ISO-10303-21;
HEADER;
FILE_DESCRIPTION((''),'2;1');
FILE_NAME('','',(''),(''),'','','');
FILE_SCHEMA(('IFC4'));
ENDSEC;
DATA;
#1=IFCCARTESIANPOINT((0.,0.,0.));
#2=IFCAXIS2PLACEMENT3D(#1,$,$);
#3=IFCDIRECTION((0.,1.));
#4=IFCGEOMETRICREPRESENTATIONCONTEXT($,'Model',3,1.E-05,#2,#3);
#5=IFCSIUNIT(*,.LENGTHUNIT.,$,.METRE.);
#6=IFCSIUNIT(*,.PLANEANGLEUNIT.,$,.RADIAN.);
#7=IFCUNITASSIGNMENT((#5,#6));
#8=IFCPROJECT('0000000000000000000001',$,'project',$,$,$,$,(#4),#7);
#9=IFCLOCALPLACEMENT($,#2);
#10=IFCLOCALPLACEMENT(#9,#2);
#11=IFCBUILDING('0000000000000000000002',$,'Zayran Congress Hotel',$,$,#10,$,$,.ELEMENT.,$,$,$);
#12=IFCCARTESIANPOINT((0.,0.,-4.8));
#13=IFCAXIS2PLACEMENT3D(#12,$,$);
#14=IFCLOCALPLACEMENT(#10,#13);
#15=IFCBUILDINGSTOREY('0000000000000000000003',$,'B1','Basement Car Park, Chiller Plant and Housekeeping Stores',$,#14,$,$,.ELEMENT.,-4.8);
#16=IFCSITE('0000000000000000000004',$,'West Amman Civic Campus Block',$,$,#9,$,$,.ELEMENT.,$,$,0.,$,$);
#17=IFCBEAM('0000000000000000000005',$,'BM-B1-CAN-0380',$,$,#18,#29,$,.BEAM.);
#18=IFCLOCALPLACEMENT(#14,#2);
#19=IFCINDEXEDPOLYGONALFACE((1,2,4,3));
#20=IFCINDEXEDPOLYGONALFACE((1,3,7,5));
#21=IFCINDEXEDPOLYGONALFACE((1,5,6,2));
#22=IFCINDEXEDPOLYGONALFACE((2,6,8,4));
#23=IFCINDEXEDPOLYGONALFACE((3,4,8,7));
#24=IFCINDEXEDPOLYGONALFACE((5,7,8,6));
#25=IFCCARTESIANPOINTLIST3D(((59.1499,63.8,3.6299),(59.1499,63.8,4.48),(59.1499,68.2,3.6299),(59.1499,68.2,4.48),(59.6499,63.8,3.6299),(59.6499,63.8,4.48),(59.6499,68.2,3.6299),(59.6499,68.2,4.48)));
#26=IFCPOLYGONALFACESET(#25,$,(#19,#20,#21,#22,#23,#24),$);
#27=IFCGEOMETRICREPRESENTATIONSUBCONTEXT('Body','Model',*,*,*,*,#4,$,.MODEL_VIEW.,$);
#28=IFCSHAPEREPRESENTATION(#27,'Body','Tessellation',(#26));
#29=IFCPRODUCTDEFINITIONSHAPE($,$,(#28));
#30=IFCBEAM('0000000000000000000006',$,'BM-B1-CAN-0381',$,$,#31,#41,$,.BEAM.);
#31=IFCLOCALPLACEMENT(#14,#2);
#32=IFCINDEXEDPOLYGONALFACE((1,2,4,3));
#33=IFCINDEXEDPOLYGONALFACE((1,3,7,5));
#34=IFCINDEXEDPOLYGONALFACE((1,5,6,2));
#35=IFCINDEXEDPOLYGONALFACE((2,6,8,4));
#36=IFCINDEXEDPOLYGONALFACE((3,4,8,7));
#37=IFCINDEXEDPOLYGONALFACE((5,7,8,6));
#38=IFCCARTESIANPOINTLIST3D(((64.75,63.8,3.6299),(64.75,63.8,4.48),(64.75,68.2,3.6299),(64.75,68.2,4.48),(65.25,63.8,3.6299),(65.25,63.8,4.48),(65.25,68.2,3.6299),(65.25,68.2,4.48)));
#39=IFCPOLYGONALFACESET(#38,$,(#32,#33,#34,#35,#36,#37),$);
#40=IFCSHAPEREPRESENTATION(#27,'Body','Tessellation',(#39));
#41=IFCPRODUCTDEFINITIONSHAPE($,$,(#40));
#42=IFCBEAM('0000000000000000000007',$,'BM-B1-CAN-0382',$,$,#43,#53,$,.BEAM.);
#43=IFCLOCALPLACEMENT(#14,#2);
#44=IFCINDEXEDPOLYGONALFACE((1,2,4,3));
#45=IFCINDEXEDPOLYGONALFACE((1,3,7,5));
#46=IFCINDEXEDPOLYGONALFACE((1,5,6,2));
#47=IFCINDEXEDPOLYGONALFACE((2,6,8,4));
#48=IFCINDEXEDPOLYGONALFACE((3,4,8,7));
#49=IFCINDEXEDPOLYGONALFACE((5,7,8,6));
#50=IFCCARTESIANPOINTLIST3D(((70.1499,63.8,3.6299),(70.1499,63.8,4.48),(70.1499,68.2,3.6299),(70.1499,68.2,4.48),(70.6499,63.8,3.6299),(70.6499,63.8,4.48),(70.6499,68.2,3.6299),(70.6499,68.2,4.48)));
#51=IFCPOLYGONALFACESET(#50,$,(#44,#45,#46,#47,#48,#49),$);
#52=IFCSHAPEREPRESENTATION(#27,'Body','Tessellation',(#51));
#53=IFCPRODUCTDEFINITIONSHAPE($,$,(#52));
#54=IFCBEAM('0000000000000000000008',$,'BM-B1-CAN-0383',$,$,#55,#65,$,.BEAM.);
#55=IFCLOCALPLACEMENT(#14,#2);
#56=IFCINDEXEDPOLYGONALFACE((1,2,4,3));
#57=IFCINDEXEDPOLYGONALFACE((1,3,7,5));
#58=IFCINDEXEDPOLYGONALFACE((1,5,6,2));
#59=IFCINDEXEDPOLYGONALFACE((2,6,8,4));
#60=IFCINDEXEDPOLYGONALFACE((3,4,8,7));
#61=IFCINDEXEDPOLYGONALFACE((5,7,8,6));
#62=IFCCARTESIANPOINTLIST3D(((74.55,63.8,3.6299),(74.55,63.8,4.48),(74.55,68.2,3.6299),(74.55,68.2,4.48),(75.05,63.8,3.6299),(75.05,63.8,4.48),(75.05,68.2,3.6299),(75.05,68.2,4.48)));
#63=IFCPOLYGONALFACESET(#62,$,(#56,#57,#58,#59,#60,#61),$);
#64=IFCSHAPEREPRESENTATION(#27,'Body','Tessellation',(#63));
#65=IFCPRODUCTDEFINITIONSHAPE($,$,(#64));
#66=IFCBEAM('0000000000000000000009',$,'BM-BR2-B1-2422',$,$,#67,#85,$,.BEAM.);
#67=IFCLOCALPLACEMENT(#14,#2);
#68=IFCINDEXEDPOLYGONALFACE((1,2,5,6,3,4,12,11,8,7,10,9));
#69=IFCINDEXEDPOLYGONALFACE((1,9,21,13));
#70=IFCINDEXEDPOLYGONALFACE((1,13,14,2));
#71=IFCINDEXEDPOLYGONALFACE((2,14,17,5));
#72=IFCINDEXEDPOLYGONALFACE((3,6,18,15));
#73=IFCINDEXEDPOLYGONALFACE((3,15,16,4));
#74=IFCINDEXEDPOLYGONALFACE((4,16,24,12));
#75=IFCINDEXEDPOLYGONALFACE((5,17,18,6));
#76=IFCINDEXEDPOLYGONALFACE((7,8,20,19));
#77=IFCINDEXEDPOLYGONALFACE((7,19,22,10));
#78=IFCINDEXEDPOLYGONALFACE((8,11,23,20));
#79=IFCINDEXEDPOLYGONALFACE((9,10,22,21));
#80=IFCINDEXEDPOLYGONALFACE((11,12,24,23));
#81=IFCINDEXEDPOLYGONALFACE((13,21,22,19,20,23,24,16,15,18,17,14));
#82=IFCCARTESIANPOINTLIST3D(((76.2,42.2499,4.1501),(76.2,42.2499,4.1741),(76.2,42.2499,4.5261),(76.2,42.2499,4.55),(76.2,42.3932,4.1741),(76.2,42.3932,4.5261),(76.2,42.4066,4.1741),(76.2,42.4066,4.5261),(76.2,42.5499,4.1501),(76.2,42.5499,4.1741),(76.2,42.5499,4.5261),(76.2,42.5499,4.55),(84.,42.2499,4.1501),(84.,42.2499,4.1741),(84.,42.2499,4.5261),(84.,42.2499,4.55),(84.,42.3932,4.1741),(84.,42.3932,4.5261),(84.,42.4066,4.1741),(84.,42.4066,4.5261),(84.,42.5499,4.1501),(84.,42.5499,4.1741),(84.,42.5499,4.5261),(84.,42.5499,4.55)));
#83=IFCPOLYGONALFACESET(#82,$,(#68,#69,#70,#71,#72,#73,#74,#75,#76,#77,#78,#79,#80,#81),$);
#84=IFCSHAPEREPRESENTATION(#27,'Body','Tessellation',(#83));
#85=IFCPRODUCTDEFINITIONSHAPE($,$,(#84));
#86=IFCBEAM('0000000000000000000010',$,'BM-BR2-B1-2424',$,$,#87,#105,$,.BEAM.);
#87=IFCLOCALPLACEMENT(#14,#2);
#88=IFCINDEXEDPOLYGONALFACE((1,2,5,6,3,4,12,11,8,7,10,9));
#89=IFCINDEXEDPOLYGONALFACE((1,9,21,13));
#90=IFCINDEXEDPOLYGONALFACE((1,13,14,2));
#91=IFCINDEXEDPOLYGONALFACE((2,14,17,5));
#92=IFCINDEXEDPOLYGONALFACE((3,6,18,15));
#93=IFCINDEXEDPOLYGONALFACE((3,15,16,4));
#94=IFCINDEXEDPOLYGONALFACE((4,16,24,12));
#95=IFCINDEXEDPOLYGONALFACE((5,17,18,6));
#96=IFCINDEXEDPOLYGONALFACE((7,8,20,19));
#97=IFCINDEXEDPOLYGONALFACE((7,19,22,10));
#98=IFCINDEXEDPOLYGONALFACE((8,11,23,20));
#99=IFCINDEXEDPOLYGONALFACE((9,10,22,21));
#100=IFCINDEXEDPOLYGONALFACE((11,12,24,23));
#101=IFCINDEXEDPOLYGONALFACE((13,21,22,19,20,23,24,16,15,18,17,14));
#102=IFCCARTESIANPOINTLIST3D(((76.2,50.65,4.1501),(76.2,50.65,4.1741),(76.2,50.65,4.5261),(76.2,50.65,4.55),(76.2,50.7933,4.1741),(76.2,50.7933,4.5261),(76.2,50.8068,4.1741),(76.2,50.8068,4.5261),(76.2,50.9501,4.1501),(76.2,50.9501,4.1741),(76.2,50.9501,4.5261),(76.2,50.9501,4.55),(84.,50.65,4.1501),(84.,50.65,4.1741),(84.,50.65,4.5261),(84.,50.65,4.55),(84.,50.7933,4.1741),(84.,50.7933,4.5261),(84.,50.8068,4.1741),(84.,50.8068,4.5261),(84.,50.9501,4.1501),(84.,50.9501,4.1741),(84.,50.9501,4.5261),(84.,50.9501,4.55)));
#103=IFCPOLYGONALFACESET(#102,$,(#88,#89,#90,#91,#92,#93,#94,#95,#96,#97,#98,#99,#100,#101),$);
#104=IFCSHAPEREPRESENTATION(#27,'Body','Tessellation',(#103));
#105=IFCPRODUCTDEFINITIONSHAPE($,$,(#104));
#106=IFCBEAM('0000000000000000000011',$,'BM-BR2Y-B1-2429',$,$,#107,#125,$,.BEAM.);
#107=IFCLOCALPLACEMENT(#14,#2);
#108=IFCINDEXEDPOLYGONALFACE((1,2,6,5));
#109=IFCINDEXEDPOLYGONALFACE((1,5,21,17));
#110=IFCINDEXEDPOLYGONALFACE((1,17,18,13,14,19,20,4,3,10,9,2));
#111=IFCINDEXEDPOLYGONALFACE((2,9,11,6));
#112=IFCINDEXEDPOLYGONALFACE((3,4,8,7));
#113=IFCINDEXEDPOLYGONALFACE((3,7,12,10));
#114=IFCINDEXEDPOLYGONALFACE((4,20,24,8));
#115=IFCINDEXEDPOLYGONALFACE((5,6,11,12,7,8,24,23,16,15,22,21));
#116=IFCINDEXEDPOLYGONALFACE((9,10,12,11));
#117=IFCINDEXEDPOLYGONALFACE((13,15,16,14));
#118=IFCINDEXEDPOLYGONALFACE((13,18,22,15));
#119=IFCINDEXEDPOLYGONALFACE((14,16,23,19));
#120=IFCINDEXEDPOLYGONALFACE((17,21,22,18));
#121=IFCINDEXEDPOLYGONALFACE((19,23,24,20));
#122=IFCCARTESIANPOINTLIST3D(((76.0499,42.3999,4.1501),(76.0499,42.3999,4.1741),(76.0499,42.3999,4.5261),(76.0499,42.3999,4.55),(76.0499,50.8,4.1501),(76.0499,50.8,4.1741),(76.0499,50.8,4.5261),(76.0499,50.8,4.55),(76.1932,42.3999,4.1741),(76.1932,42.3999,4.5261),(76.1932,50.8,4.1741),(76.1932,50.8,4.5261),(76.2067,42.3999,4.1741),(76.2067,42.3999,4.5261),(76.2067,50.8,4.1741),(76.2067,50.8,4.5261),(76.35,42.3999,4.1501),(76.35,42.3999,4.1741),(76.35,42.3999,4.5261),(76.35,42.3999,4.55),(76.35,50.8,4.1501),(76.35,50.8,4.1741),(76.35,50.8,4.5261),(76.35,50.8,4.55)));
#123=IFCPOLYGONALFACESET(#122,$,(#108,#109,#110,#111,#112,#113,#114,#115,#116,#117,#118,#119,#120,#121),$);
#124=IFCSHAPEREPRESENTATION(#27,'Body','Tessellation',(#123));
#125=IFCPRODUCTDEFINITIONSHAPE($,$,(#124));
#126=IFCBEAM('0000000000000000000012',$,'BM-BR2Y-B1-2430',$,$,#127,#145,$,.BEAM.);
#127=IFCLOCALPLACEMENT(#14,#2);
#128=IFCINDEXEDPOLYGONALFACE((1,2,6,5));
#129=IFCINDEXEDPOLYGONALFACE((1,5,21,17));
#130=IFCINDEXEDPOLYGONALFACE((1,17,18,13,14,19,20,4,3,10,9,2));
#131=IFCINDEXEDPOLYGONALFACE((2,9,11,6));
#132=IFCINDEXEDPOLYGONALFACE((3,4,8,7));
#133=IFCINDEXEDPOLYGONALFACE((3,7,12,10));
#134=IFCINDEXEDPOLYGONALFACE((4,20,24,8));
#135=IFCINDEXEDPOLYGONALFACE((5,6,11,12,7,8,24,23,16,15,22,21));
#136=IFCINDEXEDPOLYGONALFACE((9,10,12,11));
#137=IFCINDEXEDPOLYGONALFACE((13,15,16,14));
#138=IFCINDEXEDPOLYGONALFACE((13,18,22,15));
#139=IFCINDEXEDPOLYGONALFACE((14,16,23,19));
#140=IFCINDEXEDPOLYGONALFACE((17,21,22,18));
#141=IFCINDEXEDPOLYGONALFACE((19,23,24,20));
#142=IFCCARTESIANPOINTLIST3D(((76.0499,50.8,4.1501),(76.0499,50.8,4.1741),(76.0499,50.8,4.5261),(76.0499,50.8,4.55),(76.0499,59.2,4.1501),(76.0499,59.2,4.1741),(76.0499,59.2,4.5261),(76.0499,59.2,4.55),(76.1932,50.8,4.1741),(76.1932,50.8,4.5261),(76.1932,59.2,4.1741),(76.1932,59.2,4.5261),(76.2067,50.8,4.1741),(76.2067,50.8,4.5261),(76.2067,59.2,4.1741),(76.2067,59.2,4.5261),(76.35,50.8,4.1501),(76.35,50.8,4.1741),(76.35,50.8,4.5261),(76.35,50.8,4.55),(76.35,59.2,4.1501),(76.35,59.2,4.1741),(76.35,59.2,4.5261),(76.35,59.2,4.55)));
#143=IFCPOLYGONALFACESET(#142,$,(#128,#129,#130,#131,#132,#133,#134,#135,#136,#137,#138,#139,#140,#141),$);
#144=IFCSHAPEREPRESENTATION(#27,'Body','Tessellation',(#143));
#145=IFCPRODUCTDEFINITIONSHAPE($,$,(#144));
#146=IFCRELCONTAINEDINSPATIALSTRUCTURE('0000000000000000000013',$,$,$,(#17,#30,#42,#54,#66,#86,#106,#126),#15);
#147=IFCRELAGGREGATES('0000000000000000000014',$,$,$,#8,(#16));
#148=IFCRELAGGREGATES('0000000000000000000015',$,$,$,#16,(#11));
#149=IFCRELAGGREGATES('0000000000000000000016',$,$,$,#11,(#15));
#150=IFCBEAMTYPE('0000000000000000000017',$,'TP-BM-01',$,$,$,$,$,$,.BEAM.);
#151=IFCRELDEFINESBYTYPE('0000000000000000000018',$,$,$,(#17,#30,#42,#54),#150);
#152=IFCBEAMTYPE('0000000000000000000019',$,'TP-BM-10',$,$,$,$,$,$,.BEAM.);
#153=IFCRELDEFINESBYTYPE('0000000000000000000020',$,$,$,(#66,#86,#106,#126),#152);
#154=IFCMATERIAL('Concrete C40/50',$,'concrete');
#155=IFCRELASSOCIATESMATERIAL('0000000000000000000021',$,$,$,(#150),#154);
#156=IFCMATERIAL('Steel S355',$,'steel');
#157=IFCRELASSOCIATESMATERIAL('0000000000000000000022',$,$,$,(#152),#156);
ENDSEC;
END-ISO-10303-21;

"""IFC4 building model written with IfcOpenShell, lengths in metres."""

from ifc_helpers import new_model, si_unit, direction, frame, origin, origin_2d, place, context, subcontext, project, spatial, rectangle, i_section, extrude, material, material_profile, profile_set, type_object, element, save


model = new_model("IFC4")

# Units and contexts
model_context = context("Model", 3, precision=1e-05, world=origin(), true_north=direction((0.0, 1.0)))
body_context = subcontext(model_context, "Body", "Model", "MODEL_VIEW")
ifc_project = project(units=[si_unit("LENGTHUNIT", "METRE"), si_unit("PLANEANGLEUNIT", "RADIAN")], contexts=[model_context])

# Site, building, storey
site_placement = place(None, origin())
site = spatial("IfcSite", under=ifc_project, at=site_placement, Name="West Amman Civic Campus Block", CompositionType="ELEMENT", RefElevation=0.0)
building_placement = place(site_placement, origin())
building = spatial("IfcBuilding", under=site, at=building_placement, Name="Zayran Congress Hotel", CompositionType="ELEMENT")
storey_placement = place(building_placement, frame((0.0, 0.0, -4.8)))
storey = spatial("IfcBuildingStorey", under=building, at=storey_placement, Name="B1", Description="Basement Car Park, Chiller Plant and Housekeeping Stores", CompositionType="ELEMENT", Elevation=-4.8)

# Shared definitions
ifc_material_1 = material(Name="Concrete C40/50", Category="concrete")

# Beams
ifc_material_profile_1 = material_profile(ifc_material_1, rectangle(XDim=0.5, YDim=0.8501, at=origin_2d()), Name="RC 500x850")
ifc_profile_set_1 = profile_set([ifc_material_profile_1], Name="Concrete C40/50")
beam_type_1 = type_object("IfcBeamType", Name="TP-BM-01", PredefinedType="BEAM", material=ifc_profile_set_1)
for number, where, z_axis, x_axis, name in (
    (1, (59.3999, 63.8, 4.0549), (0.0, 1.0, 0.0), (-1.0, 0.0, 0.0), "BM-B1-CAN-0380"),
    (2, (65.0, 63.8, 4.0549), (0.0, 1.0, 0.0), (-1.0, 0.0, 0.0), "BM-B1-CAN-0381"),
    (3, (70.3999, 63.8, 4.0549), (0.0, 1.0, 0.0), (-1.0, 0.0, 0.0), "BM-B1-CAN-0382"),
    (4, (74.8, 63.8, 4.0549), (0.0, 1.0, 0.0), (-1.0, 0.0, 0.0), "BM-B1-CAN-0383"),
):
    element("IfcBeam", number, at=place(storey_placement, frame(where, z_axis=z_axis, x_axis=x_axis)), inside=storey, type_object=beam_type_1, Name=name, PredefinedType="BEAM", context=body_context, shape_type="SweptSolid", body=[
        extrude(rectangle(XDim=0.5, YDim=0.8501, at=origin_2d()), origin(), (0.0, 0.0, 1.0), 4.3999),
    ])
ifc_material_2 = material(Name="Steel S355", Category="steel")
ifc_material_profile_2 = material_profile(ifc_material_2, i_section(OverallWidth=0.3, OverallDepth=0.3999, WebThickness=0.0134, FlangeThickness=0.0239, at=origin_2d()), Name="HEB 400")
ifc_profile_set_2 = profile_set([ifc_material_profile_2], Name="Steel S355")
beam_type_2 = type_object("IfcBeamType", Name="TP-BM-10", PredefinedType="BEAM", material=ifc_profile_set_2)
for number, where, z_axis, x_axis, name in (
    (5, (76.2, 42.3999, 4.3501), (1.0, 0.0, 0.0), (0.0, 1.0, 0.0), "BM-BR2-B1-2422"),
    (6, (76.2, 50.8, 4.3501), (1.0, 0.0, 0.0), (0.0, 1.0, 0.0), "BM-BR2-B1-2424"),
):
    element("IfcBeam", number, at=place(storey_placement, frame(where, z_axis=z_axis, x_axis=x_axis)), inside=storey, type_object=beam_type_2, Name=name, PredefinedType="BEAM", context=body_context, shape_type="SweptSolid", body=[
        extrude(i_section(OverallWidth=0.3, OverallDepth=0.3999, WebThickness=0.0134, FlangeThickness=0.0239, at=origin_2d()), origin(), (0.0, 0.0, 1.0), 7.8),
    ])
beam_1_placement = place(storey_placement, frame((76.2, 42.3999, 4.3501), z_axis=(0.0, 1.0, 0.0), x_axis=(-1.0, 0.0, 0.0)))
element("IfcBeam", 7, at=beam_1_placement, inside=storey, type_object=beam_type_2, Name="BM-BR2Y-B1-2429", PredefinedType="BEAM", context=body_context, shape_type="SweptSolid", body=[
    extrude(i_section(OverallWidth=0.3, OverallDepth=0.3999, WebThickness=0.0134, FlangeThickness=0.0239, at=origin_2d()), origin(), (0.0, 0.0, 1.0), 8.4001),
])
beam_2_placement = place(storey_placement, frame((76.2, 50.8, 4.3501), z_axis=(0.0, 1.0, 0.0), x_axis=(-1.0, 0.0, 0.0)))
element("IfcBeam", 8, at=beam_2_placement, inside=storey, type_object=beam_type_2, Name="BM-BR2Y-B1-2430", PredefinedType="BEAM", context=body_context, shape_type="SweptSolid", body=[
    extrude(i_section(OverallWidth=0.3, OverallDepth=0.3999, WebThickness=0.0134, FlangeThickness=0.0239, at=origin_2d()), origin(), (0.0, 0.0, 1.0), 8.3999),
])

save(model, "model.ifc")
